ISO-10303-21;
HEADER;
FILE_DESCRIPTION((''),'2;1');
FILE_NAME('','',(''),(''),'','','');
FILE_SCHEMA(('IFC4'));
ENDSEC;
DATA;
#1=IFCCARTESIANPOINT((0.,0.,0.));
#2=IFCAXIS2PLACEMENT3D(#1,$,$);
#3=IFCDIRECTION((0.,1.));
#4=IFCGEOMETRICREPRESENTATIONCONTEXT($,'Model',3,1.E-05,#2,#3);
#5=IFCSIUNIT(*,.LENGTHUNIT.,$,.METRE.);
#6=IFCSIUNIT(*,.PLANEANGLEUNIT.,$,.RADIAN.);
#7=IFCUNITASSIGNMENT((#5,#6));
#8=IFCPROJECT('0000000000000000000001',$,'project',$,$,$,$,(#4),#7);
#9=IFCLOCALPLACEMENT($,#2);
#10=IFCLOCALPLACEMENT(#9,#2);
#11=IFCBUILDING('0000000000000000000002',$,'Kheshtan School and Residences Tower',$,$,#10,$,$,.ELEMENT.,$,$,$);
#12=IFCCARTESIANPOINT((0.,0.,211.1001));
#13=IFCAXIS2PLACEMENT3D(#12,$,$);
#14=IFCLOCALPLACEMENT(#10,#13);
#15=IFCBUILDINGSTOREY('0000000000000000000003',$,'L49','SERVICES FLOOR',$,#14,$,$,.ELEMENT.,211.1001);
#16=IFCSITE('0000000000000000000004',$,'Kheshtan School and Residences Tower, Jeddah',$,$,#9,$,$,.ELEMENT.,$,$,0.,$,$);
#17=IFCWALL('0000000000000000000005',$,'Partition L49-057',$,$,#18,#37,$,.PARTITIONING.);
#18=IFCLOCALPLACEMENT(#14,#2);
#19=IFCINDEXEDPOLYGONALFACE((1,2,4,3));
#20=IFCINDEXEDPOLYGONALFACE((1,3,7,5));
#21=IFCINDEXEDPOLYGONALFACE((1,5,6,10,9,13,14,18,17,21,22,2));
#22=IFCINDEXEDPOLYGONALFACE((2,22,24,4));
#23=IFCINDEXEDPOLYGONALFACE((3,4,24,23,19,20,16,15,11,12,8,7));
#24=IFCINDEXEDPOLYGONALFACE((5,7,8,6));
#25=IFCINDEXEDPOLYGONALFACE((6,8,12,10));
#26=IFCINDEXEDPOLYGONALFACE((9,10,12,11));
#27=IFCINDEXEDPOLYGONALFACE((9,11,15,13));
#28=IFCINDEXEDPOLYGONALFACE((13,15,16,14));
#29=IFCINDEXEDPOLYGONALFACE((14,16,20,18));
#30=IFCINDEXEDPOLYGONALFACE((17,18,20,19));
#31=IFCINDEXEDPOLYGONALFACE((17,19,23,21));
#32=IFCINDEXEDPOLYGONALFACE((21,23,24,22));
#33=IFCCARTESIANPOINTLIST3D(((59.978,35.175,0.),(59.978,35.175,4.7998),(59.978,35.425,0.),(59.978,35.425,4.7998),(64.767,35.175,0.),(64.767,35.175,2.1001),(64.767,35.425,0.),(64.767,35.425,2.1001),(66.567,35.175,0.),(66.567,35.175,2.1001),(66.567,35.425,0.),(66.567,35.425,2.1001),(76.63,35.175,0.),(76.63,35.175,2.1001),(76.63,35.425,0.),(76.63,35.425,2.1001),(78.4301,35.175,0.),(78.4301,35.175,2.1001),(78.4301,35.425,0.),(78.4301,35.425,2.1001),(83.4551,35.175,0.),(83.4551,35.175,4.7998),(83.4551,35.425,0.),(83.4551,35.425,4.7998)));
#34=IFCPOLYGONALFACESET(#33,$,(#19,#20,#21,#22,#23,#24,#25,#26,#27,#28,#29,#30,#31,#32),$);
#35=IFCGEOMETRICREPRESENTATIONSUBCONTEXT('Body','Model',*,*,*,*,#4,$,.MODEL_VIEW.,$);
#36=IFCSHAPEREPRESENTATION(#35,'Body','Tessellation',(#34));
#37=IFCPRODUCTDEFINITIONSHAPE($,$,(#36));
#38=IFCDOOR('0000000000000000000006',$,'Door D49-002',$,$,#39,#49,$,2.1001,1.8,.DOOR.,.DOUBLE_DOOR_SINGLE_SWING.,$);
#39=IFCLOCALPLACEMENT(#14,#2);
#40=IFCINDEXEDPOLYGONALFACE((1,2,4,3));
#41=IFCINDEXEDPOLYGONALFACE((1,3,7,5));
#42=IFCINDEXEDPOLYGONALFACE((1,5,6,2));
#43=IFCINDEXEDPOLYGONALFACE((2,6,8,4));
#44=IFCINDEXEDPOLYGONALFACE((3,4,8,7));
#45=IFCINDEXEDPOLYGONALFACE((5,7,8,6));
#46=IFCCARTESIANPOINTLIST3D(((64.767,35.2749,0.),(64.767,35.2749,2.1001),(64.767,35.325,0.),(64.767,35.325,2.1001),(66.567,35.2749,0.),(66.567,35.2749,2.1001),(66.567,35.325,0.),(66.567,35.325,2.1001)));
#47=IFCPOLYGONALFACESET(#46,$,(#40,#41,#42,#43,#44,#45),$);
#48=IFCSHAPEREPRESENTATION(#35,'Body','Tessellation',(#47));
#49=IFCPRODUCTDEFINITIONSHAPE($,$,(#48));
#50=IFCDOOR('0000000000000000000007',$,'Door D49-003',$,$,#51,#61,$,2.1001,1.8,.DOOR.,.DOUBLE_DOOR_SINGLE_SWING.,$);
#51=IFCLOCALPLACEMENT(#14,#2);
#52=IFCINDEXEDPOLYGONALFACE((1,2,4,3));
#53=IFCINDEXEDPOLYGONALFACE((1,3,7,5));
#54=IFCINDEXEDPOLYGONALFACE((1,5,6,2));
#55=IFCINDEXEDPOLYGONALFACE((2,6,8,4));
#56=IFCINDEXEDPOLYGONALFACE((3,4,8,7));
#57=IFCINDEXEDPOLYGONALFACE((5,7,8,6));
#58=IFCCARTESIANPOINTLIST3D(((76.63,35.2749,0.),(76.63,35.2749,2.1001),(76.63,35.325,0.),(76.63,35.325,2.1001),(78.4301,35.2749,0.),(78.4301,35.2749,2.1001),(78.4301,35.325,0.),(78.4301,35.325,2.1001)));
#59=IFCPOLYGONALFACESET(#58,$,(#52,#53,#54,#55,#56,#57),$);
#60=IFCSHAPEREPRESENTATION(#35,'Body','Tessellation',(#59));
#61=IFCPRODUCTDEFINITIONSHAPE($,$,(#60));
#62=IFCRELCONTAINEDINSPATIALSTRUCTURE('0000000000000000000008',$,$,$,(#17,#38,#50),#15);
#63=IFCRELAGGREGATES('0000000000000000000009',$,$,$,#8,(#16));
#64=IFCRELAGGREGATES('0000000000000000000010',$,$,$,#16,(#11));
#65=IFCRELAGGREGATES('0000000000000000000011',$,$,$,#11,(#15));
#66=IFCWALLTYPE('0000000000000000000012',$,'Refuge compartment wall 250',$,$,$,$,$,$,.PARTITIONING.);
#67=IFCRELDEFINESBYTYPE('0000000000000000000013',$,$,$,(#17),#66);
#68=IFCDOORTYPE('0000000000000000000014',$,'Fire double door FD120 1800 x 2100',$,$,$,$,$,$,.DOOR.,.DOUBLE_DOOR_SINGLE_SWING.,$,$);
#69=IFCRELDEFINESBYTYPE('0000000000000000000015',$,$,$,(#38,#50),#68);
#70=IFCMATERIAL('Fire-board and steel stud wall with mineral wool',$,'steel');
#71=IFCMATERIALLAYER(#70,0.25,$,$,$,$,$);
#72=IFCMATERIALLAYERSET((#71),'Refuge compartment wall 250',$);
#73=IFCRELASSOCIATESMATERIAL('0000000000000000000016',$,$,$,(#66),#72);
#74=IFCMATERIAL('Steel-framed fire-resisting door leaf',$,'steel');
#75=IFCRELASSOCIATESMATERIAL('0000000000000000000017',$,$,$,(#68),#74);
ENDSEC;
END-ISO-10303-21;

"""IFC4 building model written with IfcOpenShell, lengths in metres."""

from ifc_helpers import new_model, si_unit, direction, frame, frame_2d, origin, place, context, subcontext, project, spatial, rectangle, extrude, source, transform, mapped, material, layer, layer_set, type_object, element, fill, save


model = new_model("IFC4")

# Units and contexts
model_context = context("Model", 3, precision=1e-05, world=origin(), true_north=direction((0.0, 1.0)))
body_context = subcontext(model_context, "Body", "Model", "MODEL_VIEW")
ifc_project = project(units=[si_unit("LENGTHUNIT", "METRE"), si_unit("PLANEANGLEUNIT", "RADIAN")], contexts=[model_context])

# Site, building, storey
site_placement = place(None, origin())
site = spatial("IfcSite", under=ifc_project, at=site_placement, Name="Kheshtan School and Residences Tower, Jeddah", CompositionType="ELEMENT", RefElevation=0.0)
building_placement = place(site_placement, origin())
building = spatial("IfcBuilding", under=site, at=building_placement, Name="Kheshtan School and Residences Tower", CompositionType="ELEMENT")
storey_placement = place(building_placement, frame((0.0, 0.0, 211.1001)))
storey = spatial("IfcBuildingStorey", under=building, at=storey_placement, Name="L49", Description="SERVICES FLOOR", CompositionType="ELEMENT", Elevation=211.1001)

# Shared definitions
ifc_material_1 = material(Name="Fire-board and steel stud wall with mineral wool", Category="steel")
ifc_layer = layer(ifc_material_1, 0.25)
ifc_layer_set = layer_set([ifc_layer], Name="Refuge compartment wall 250")
wall_type = type_object("IfcWallType", Name="Refuge compartment wall 250", PredefinedType="PARTITIONING", material=ifc_layer_set)

# Wall, openings, doors
wall_1_placement = place(storey_placement, frame((59.978, 35.3, 0.0), z_axis=(0.0, 0.0, 1.0), x_axis=(1.0, 0.0, 0.0)))
wall_1 = element("IfcWall", 1, at=wall_1_placement, inside=storey, type_object=wall_type, Name="Partition L49-057", PredefinedType="PARTITIONING", context=body_context, shape_type="SweptSolid", body=[
    extrude(rectangle(XDim=23.4771, YDim=0.25, at=frame_2d((11.7385, 0.0))), origin(), (0.0, 0.0, 1.0), 4.7998),
])
opening_1_placement = place(wall_1_placement, frame((4.7891, 0.0, 0.0)))
opening_1 = element("IfcOpeningElement", 2, at=opening_1_placement, cuts=wall_1, PredefinedType="OPENING", context=body_context, shape_type="SweptSolid", body=[
    extrude(rectangle(XDim=1.8, YDim=2.1001, at=frame_2d((0.8999, 1.05))), frame((0.0, 0.135, 0.0), z_axis=(0.0, -1.0, 0.0), x_axis=(1.0, 0.0, 0.0)), (0.0, 0.0, 1.0), 0.27),
])
opening_2_placement = place(wall_1_placement, frame((16.6521, 0.0, 0.0)))
opening_2 = element("IfcOpeningElement", 3, at=opening_2_placement, cuts=wall_1, PredefinedType="OPENING", context=body_context, shape_type="SweptSolid", body=[
    extrude(rectangle(XDim=1.8, YDim=2.1001, at=frame_2d((0.8999, 1.05))), frame((0.0, 0.135, 0.0), z_axis=(0.0, -1.0, 0.0), x_axis=(1.0, 0.0, 0.0)), (0.0, 0.0, 1.0), 0.27),
])
ifc_material_2 = material(Name="Steel-framed fire-resisting door leaf", Category="steel")
door_type = type_object("IfcDoorType", Name="Fire double door FD120 1800 x 2100", OperationType="DOUBLE_DOOR_SINGLE_SWING", PredefinedType="DOOR", material=ifc_material_2)
shared_shape = source(origin(), body_context, "Body", "SweptSolid", [
    extrude(rectangle(XDim=1.8, YDim=2.1001, at=frame_2d((0.8999, 1.05))), frame((0.0, 0.0249, 0.0), z_axis=(0.0, -1.0, 0.0), x_axis=(1.0, 0.0, 0.0)), (0.0, 0.0, 1.0), 0.05),
])
door_1_placement = place(opening_1_placement, origin())
door_1 = element("IfcDoor", 4, at=door_1_placement, inside=storey, type_object=door_type, Name="Door D49-002", OperationType="DOUBLE_DOOR_SINGLE_SWING", OverallHeight=2.1001, OverallWidth=1.8, PredefinedType="DOOR", context=body_context, shape_type="MappedRepresentation", body=[
    mapped(shared_shape, transform((0.0, 0.0, 0.0), x_axis=(1.0, 0.0, 0.0), y_axis=(0.0, 1.0, 0.0), z_axis=(0.0, 0.0, 1.0), scale=1.0)),
])
fill(opening_1, door_1)
door_2_placement = place(opening_2_placement, origin())
door_2 = element("IfcDoor", 5, at=door_2_placement, inside=storey, type_object=door_type, Name="Door D49-003", OperationType="DOUBLE_DOOR_SINGLE_SWING", OverallHeight=2.1001, OverallWidth=1.8, PredefinedType="DOOR", context=body_context, shape_type="MappedRepresentation", body=[
    mapped(shared_shape, transform((0.0, 0.0, 0.0), x_axis=(1.0, 0.0, 0.0), y_axis=(0.0, 1.0, 0.0), z_axis=(0.0, 0.0, 1.0), scale=1.0)),
])
fill(opening_2, door_2)

save(model, "model.ifc")
